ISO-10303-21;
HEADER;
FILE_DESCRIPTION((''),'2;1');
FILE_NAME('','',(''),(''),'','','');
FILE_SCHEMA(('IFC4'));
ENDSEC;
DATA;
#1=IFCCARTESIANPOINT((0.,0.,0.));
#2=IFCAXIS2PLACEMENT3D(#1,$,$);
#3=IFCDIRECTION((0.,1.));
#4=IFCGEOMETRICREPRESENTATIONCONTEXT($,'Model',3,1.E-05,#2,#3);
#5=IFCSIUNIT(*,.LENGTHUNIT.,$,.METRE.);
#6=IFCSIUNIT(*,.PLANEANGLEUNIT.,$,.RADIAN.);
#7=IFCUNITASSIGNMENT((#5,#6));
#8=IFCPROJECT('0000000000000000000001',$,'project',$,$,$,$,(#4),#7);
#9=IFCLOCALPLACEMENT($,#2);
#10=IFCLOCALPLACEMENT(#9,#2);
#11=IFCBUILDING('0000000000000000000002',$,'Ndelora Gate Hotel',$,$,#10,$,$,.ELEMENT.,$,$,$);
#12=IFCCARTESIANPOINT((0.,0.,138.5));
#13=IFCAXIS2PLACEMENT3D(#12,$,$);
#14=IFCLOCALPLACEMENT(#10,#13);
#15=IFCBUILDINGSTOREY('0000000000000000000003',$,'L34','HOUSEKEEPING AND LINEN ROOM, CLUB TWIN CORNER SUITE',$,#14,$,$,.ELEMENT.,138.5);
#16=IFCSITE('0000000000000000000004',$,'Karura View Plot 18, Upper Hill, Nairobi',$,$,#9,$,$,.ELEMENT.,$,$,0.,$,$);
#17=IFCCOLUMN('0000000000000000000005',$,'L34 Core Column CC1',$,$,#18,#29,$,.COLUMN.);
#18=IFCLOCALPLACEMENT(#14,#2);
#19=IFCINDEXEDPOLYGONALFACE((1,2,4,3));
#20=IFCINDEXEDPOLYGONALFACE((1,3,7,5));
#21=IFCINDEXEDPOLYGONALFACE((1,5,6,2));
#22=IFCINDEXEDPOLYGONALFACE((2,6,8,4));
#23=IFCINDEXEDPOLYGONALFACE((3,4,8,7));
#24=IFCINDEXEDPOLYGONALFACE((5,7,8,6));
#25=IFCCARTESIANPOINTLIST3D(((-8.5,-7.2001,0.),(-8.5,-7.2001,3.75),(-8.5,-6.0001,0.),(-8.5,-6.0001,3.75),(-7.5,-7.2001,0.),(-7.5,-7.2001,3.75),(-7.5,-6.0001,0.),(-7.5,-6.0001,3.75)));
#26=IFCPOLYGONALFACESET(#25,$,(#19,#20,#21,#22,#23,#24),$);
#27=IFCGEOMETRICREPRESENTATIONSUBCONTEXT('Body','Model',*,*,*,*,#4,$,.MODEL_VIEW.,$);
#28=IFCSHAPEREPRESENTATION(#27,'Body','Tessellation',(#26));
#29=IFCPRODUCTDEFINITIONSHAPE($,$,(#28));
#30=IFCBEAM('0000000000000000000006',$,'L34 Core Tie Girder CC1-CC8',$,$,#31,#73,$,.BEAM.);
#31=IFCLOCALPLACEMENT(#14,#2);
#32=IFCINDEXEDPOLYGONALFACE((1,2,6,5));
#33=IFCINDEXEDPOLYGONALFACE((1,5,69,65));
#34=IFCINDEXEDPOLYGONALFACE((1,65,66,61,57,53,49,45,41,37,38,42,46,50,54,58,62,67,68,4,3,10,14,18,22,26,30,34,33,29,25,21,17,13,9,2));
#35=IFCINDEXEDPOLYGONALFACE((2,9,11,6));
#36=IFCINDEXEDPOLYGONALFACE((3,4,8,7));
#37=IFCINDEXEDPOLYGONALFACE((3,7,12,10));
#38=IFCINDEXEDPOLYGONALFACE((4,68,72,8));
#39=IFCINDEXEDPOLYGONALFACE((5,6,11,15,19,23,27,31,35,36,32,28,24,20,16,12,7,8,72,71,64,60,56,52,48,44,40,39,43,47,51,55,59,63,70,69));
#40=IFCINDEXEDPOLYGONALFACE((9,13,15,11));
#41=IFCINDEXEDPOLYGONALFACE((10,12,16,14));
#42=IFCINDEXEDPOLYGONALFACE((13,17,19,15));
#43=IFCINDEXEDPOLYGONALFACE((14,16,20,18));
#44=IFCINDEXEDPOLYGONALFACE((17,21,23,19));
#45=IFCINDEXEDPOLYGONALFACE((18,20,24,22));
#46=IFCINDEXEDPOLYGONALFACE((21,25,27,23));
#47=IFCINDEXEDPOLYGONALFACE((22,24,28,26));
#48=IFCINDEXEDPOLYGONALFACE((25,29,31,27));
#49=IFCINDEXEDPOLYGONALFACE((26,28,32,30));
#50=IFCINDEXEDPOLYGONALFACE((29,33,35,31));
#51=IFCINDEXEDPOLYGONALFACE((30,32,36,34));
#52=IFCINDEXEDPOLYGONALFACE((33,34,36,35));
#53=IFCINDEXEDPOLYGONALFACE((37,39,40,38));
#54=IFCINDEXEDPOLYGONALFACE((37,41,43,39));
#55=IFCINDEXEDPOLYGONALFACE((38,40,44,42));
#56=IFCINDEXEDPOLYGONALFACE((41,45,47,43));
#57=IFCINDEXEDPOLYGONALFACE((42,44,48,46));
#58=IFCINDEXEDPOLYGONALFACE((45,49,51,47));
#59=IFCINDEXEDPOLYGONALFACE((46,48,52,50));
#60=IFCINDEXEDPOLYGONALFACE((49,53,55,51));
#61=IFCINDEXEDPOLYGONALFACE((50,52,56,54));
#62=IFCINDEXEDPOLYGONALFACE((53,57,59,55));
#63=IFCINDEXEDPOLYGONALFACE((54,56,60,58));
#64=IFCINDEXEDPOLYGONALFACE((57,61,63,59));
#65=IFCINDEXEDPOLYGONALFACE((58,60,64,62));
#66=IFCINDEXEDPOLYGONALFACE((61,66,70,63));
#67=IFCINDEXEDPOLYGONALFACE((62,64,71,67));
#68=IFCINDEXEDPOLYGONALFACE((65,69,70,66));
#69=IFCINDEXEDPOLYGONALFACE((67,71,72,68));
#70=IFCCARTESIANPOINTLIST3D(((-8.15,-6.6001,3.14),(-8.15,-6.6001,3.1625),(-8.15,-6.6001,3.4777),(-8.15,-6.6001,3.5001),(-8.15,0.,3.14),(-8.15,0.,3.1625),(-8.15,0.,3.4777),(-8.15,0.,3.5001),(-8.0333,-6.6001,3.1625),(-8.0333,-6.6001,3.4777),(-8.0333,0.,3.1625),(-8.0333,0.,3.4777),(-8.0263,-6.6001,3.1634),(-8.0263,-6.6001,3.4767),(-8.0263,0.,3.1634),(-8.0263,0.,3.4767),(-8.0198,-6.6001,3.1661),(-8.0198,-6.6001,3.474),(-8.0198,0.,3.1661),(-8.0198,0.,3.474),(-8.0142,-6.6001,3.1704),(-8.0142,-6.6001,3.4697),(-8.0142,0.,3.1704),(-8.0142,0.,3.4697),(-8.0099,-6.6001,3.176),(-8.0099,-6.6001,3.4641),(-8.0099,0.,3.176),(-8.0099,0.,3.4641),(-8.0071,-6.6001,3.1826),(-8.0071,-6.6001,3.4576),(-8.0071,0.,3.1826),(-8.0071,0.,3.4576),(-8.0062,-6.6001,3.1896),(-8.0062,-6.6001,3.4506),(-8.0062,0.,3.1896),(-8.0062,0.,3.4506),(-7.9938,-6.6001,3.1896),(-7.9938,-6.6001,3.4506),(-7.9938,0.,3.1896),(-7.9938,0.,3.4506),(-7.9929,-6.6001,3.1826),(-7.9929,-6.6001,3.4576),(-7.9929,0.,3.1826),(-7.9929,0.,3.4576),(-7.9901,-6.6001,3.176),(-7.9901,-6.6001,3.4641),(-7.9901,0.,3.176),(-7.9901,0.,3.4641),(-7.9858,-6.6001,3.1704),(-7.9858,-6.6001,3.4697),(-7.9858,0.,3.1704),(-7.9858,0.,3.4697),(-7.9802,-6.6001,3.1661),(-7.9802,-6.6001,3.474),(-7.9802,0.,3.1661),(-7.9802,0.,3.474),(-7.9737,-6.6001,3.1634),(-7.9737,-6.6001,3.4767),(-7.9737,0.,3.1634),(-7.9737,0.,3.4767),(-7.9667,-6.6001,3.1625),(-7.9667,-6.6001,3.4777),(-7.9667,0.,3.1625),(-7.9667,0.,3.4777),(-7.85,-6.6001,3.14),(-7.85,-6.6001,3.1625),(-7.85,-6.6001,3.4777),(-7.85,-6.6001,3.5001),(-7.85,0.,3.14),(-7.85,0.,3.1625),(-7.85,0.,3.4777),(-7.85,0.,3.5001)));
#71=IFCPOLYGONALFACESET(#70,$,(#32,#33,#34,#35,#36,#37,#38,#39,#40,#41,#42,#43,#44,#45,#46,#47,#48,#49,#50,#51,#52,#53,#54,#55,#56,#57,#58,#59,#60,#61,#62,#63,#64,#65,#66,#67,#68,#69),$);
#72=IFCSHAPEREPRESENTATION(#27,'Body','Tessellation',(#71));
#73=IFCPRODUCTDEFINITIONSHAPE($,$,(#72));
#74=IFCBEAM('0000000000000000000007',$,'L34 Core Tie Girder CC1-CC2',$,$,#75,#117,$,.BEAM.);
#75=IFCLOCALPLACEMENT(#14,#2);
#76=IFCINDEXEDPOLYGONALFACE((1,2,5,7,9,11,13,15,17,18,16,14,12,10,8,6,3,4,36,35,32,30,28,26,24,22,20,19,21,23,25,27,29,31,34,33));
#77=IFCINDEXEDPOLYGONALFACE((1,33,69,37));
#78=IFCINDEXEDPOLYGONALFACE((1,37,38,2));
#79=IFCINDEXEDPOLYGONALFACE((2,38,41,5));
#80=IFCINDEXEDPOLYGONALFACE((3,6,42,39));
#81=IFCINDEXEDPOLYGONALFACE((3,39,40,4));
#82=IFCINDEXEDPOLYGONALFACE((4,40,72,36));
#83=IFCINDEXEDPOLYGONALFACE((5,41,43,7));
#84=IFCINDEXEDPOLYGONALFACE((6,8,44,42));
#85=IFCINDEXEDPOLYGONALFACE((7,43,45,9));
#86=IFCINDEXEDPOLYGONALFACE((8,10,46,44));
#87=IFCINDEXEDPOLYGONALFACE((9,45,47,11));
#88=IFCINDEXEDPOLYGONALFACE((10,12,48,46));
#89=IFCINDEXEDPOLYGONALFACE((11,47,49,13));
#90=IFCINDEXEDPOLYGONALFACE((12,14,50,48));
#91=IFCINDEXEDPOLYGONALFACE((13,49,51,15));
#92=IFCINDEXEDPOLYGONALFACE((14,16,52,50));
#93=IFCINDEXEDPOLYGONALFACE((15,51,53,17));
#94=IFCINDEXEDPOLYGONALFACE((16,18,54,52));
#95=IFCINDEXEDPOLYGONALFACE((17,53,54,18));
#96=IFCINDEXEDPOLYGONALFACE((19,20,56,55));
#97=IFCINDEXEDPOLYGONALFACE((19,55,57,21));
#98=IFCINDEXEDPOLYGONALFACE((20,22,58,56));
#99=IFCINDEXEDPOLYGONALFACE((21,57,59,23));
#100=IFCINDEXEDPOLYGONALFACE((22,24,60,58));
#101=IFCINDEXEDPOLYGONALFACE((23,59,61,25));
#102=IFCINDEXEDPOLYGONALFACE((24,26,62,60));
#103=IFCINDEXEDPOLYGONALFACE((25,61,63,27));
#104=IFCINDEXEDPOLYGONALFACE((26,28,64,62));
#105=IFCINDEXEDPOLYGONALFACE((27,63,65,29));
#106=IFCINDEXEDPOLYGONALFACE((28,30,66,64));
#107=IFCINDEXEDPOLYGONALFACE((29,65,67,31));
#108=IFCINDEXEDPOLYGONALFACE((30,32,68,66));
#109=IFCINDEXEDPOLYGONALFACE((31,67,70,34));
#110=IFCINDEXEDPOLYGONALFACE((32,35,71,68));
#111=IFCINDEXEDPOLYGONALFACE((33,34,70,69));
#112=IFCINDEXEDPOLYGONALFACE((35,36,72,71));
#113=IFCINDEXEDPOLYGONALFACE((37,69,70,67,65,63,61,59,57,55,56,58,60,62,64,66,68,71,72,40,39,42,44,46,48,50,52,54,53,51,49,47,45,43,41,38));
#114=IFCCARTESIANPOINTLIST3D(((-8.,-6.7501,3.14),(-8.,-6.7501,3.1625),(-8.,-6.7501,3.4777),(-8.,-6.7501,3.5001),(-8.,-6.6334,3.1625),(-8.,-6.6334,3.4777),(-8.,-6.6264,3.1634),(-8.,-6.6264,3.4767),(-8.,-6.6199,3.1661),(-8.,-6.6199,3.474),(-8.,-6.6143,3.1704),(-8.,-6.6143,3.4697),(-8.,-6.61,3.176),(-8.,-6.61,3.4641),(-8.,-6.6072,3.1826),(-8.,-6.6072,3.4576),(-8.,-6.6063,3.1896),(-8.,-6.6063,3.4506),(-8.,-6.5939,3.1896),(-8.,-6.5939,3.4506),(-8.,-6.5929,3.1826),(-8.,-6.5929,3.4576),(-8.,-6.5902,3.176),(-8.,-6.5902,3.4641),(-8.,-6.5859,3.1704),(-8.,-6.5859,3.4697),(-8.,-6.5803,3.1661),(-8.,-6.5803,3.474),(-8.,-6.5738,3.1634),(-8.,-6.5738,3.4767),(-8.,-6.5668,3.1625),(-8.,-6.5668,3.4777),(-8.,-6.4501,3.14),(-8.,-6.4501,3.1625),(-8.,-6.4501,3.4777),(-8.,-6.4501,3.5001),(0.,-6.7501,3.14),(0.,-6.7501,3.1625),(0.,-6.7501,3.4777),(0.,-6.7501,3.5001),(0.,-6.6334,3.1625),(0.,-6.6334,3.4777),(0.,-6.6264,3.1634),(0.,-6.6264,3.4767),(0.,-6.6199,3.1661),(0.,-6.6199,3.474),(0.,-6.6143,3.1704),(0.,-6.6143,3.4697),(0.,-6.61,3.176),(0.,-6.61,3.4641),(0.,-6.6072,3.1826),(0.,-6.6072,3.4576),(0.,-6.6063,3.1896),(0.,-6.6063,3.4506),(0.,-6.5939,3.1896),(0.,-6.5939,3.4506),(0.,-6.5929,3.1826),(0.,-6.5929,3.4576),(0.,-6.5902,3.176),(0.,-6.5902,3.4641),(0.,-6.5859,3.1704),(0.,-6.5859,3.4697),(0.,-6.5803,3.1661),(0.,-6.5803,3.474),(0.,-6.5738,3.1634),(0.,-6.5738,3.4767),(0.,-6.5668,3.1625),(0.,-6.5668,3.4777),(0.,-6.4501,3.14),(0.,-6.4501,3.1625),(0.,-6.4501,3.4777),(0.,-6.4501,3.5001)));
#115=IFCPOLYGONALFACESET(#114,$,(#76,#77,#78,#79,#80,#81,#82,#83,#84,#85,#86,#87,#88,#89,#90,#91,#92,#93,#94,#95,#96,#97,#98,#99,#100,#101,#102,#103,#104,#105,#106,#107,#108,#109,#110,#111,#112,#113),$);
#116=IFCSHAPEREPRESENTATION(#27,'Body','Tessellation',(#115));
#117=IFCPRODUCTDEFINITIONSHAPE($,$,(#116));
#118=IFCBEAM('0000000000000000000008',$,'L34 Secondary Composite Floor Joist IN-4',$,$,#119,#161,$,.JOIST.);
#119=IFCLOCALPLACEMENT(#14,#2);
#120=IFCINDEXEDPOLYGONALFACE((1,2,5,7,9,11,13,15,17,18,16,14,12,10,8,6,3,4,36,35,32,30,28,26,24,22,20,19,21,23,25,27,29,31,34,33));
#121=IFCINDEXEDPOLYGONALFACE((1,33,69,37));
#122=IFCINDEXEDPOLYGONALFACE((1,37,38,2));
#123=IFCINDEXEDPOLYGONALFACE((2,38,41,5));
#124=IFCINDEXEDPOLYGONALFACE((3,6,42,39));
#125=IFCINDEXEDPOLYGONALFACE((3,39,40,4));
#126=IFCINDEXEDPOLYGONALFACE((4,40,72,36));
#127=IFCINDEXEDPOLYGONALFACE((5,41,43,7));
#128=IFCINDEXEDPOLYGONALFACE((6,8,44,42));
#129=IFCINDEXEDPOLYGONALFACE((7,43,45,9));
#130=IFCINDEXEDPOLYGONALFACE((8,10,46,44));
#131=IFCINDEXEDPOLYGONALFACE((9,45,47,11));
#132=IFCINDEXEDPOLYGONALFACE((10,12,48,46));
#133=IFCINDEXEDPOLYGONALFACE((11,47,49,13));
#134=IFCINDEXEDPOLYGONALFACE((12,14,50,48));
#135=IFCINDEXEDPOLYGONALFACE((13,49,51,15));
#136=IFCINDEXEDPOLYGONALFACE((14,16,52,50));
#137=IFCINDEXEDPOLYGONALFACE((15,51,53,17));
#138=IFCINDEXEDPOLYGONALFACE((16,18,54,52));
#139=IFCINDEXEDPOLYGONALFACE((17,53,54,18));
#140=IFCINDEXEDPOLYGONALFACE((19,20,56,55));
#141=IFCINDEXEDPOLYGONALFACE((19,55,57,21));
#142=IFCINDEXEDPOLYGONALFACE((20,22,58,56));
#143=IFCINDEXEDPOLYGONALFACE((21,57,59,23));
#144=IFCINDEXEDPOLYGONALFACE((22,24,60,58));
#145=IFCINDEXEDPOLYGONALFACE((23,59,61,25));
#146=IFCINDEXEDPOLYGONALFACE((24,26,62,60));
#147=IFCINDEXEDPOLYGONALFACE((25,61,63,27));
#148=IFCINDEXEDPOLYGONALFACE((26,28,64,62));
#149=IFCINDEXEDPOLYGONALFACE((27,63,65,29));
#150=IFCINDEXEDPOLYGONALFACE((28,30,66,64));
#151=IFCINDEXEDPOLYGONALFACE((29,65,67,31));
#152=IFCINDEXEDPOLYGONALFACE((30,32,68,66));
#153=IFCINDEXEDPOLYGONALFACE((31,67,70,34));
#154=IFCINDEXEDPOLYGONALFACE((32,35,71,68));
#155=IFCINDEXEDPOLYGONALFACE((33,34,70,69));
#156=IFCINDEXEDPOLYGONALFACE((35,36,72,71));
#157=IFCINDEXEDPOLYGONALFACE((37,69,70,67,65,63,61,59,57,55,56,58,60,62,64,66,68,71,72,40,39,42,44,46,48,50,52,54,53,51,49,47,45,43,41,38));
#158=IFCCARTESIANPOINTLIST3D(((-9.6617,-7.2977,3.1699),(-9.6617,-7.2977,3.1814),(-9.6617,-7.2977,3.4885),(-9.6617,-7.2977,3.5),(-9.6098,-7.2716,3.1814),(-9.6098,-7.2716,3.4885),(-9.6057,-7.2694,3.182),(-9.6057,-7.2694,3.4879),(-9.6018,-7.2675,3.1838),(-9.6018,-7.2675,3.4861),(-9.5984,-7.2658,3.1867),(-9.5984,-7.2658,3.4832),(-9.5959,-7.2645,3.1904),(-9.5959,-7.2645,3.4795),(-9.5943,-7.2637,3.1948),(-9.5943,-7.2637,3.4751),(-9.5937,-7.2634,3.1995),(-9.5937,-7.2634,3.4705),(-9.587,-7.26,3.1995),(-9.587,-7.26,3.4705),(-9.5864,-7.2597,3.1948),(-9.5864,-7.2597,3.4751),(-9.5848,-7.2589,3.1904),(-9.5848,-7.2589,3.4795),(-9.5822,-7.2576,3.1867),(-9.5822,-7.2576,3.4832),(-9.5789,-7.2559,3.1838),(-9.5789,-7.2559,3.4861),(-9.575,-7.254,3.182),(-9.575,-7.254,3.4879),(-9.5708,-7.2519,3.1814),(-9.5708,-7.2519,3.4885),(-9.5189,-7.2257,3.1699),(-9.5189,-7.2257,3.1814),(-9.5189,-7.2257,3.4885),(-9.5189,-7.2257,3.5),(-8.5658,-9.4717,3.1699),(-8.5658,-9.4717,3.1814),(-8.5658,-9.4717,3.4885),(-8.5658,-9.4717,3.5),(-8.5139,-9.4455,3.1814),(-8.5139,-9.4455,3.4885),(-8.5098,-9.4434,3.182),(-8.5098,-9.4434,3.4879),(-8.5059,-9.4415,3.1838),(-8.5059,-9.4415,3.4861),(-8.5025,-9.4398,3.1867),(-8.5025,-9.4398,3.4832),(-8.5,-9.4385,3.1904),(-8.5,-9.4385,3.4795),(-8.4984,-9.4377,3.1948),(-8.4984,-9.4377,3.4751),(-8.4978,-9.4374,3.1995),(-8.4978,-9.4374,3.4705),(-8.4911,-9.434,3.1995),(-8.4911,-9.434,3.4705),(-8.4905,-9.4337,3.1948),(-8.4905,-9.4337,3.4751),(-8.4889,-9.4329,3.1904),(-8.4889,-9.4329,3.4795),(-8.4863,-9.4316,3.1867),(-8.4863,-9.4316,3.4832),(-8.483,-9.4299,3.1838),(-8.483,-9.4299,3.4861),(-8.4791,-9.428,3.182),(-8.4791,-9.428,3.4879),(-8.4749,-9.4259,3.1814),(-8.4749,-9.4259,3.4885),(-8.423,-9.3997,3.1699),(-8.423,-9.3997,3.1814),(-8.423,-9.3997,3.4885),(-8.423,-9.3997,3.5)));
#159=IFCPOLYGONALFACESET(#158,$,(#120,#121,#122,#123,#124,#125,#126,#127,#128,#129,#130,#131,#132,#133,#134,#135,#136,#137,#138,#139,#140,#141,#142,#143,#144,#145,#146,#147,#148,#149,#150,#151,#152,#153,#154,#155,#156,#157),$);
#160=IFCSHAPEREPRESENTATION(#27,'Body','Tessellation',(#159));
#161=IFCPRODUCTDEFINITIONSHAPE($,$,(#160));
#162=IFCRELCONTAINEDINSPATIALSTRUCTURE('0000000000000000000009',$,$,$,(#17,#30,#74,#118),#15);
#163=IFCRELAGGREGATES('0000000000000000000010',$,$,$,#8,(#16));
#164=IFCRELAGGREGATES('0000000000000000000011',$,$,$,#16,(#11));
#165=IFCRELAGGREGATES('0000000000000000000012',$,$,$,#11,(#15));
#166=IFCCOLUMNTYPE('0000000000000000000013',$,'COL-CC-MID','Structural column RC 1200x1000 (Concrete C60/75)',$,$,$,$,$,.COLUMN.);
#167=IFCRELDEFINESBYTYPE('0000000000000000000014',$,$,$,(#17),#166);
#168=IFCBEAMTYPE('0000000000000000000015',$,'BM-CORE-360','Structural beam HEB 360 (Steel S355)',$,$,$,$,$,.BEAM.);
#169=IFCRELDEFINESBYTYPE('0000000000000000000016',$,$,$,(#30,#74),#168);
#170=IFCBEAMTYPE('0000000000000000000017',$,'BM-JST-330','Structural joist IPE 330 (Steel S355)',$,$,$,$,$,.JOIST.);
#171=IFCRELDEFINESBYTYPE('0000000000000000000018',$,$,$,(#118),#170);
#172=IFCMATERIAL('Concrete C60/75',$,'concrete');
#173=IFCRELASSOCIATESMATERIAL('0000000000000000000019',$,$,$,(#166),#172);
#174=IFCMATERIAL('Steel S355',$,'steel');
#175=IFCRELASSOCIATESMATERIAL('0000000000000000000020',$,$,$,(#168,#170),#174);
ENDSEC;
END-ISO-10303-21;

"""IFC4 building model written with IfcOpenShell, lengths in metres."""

from ifc_helpers import new_model, si_unit, direction, frame, origin, origin_2d, place, context, subcontext, project, spatial, rectangle, i_section, extrude, material, material_profile, profile_set, type_object, element, save


model = new_model("IFC4")

# Units and contexts
model_context = context("Model", 3, precision=1e-05, world=origin(), true_north=direction((0.0, 1.0)))
body_context = subcontext(model_context, "Body", "Model", "MODEL_VIEW")
ifc_project = project(units=[si_unit("LENGTHUNIT", "METRE"), si_unit("PLANEANGLEUNIT", "RADIAN")], contexts=[model_context])

# Site, building, storey
site_placement = place(None, origin())
site = spatial("IfcSite", under=ifc_project, at=site_placement, Name="Karura View Plot 18, Upper Hill, Nairobi", CompositionType="ELEMENT", RefElevation=0.0)
building_placement = place(site_placement, origin())
building = spatial("IfcBuilding", under=site, at=building_placement, Name="Ndelora Gate Hotel", CompositionType="ELEMENT")
storey_placement = place(building_placement, frame((0.0, 0.0, 138.5)))
storey = spatial("IfcBuildingStorey", under=building, at=storey_placement, Name="L34", Description="HOUSEKEEPING AND LINEN ROOM, CLUB TWIN CORNER SUITE", CompositionType="ELEMENT", Elevation=138.5)

# Column
ifc_material_1 = material(Name="Concrete C60/75", Category="concrete")
ifc_material_profile_1 = material_profile(ifc_material_1, rectangle(XDim=1.0, YDim=1.2, at=origin_2d()), Name="RC 1200x1000")
ifc_profile_set_1 = profile_set([ifc_material_profile_1], Name="Concrete C60/75")
column_type = type_object("IfcColumnType", Name="COL-CC-MID", Description="Structural column RC 1200x1000 (Concrete C60/75)", PredefinedType="COLUMN", material=ifc_profile_set_1)
column_placement = place(storey_placement, frame((-8.0, -6.6001, 0.0), z_axis=(0.0, 0.0, 1.0), x_axis=(1.0, 0.0, 0.0)))
element("IfcColumn", 1, at=column_placement, inside=storey, type_object=column_type, Name="L34 Core Column CC1", PredefinedType="COLUMN", context=body_context, shape_type="SweptSolid", body=[
    extrude(rectangle(XDim=1.0, YDim=1.2, at=origin_2d()), origin(), (0.0, 0.0, 1.0), 3.75),
])

# Beams
ifc_material_2 = material(Name="Steel S355", Category="steel")
ifc_material_profile_2 = material_profile(ifc_material_2, i_section(OverallWidth=0.3, OverallDepth=0.3601, WebThickness=0.0125, FlangeThickness=0.0225, FilletRadius=0.0271, at=origin_2d()), Name="HEB 360")
ifc_profile_set_2 = profile_set([ifc_material_profile_2], Name="Steel S355")
beam_type_1 = type_object("IfcBeamType", Name="BM-CORE-360", Description="Structural beam HEB 360 (Steel S355)", PredefinedType="BEAM", material=ifc_profile_set_2)
beam_1_placement = place(storey_placement, frame((-8.0, -6.6001, 3.3201), z_axis=(0.0, 1.0, 0.0), x_axis=(-1.0, 0.0, 0.0)))
element("IfcBeam", 2, at=beam_1_placement, inside=storey, type_object=beam_type_1, Name="L34 Core Tie Girder CC1-CC8", PredefinedType="BEAM", context=body_context, shape_type="SweptSolid", body=[
    extrude(i_section(OverallWidth=0.3, OverallDepth=0.3601, WebThickness=0.0125, FlangeThickness=0.0225, FilletRadius=0.0271, at=origin_2d()), origin(), (0.0, 0.0, 1.0), 6.6001),
])
beam_2_placement = place(storey_placement, frame((-8.0, -6.6001, 3.3201), z_axis=(1.0, 0.0, 0.0), x_axis=(0.0, 1.0, 0.0)))
element("IfcBeam", 3, at=beam_2_placement, inside=storey, type_object=beam_type_1, Name="L34 Core Tie Girder CC1-CC2", PredefinedType="BEAM", context=body_context, shape_type="SweptSolid", body=[
    extrude(i_section(OverallWidth=0.3, OverallDepth=0.3601, WebThickness=0.0125, FlangeThickness=0.0225, FilletRadius=0.0271, at=origin_2d()), origin(), (0.0, 0.0, 1.0), 8.0),
])
ifc_material_profile_3 = material_profile(ifc_material_2, i_section(OverallWidth=0.1599, OverallDepth=0.3301, WebThickness=0.0076, FlangeThickness=0.0115, FilletRadius=0.0181, at=origin_2d()), Name="IPE 330")
ifc_profile_set_3 = profile_set([ifc_material_profile_3], Name="Steel S355")
beam_type_2 = type_object("IfcBeamType", Name="BM-JST-330", Description="Structural joist IPE 330 (Steel S355)", PredefinedType="JOIST", material=ifc_profile_set_3)
beam_3_placement = place(storey_placement, frame((-9.5903, -7.2617, 3.335), z_axis=(0.450139, -0.892958, 0.0), x_axis=(0.892958, 0.450139, 0.0)))
element("IfcBeam", 4, at=beam_3_placement, inside=storey, type_object=beam_type_2, Name="L34 Secondary Composite Floor Joist IN-4", PredefinedType="JOIST", context=body_context, shape_type="SweptSolid", body=[
    extrude(i_section(OverallWidth=0.1599, OverallDepth=0.3301, WebThickness=0.0076, FlangeThickness=0.0115, FilletRadius=0.0181, at=origin_2d()), origin(), (0.0, 0.0, 1.0), 2.4346),
])

save(model, "model.ifc")
